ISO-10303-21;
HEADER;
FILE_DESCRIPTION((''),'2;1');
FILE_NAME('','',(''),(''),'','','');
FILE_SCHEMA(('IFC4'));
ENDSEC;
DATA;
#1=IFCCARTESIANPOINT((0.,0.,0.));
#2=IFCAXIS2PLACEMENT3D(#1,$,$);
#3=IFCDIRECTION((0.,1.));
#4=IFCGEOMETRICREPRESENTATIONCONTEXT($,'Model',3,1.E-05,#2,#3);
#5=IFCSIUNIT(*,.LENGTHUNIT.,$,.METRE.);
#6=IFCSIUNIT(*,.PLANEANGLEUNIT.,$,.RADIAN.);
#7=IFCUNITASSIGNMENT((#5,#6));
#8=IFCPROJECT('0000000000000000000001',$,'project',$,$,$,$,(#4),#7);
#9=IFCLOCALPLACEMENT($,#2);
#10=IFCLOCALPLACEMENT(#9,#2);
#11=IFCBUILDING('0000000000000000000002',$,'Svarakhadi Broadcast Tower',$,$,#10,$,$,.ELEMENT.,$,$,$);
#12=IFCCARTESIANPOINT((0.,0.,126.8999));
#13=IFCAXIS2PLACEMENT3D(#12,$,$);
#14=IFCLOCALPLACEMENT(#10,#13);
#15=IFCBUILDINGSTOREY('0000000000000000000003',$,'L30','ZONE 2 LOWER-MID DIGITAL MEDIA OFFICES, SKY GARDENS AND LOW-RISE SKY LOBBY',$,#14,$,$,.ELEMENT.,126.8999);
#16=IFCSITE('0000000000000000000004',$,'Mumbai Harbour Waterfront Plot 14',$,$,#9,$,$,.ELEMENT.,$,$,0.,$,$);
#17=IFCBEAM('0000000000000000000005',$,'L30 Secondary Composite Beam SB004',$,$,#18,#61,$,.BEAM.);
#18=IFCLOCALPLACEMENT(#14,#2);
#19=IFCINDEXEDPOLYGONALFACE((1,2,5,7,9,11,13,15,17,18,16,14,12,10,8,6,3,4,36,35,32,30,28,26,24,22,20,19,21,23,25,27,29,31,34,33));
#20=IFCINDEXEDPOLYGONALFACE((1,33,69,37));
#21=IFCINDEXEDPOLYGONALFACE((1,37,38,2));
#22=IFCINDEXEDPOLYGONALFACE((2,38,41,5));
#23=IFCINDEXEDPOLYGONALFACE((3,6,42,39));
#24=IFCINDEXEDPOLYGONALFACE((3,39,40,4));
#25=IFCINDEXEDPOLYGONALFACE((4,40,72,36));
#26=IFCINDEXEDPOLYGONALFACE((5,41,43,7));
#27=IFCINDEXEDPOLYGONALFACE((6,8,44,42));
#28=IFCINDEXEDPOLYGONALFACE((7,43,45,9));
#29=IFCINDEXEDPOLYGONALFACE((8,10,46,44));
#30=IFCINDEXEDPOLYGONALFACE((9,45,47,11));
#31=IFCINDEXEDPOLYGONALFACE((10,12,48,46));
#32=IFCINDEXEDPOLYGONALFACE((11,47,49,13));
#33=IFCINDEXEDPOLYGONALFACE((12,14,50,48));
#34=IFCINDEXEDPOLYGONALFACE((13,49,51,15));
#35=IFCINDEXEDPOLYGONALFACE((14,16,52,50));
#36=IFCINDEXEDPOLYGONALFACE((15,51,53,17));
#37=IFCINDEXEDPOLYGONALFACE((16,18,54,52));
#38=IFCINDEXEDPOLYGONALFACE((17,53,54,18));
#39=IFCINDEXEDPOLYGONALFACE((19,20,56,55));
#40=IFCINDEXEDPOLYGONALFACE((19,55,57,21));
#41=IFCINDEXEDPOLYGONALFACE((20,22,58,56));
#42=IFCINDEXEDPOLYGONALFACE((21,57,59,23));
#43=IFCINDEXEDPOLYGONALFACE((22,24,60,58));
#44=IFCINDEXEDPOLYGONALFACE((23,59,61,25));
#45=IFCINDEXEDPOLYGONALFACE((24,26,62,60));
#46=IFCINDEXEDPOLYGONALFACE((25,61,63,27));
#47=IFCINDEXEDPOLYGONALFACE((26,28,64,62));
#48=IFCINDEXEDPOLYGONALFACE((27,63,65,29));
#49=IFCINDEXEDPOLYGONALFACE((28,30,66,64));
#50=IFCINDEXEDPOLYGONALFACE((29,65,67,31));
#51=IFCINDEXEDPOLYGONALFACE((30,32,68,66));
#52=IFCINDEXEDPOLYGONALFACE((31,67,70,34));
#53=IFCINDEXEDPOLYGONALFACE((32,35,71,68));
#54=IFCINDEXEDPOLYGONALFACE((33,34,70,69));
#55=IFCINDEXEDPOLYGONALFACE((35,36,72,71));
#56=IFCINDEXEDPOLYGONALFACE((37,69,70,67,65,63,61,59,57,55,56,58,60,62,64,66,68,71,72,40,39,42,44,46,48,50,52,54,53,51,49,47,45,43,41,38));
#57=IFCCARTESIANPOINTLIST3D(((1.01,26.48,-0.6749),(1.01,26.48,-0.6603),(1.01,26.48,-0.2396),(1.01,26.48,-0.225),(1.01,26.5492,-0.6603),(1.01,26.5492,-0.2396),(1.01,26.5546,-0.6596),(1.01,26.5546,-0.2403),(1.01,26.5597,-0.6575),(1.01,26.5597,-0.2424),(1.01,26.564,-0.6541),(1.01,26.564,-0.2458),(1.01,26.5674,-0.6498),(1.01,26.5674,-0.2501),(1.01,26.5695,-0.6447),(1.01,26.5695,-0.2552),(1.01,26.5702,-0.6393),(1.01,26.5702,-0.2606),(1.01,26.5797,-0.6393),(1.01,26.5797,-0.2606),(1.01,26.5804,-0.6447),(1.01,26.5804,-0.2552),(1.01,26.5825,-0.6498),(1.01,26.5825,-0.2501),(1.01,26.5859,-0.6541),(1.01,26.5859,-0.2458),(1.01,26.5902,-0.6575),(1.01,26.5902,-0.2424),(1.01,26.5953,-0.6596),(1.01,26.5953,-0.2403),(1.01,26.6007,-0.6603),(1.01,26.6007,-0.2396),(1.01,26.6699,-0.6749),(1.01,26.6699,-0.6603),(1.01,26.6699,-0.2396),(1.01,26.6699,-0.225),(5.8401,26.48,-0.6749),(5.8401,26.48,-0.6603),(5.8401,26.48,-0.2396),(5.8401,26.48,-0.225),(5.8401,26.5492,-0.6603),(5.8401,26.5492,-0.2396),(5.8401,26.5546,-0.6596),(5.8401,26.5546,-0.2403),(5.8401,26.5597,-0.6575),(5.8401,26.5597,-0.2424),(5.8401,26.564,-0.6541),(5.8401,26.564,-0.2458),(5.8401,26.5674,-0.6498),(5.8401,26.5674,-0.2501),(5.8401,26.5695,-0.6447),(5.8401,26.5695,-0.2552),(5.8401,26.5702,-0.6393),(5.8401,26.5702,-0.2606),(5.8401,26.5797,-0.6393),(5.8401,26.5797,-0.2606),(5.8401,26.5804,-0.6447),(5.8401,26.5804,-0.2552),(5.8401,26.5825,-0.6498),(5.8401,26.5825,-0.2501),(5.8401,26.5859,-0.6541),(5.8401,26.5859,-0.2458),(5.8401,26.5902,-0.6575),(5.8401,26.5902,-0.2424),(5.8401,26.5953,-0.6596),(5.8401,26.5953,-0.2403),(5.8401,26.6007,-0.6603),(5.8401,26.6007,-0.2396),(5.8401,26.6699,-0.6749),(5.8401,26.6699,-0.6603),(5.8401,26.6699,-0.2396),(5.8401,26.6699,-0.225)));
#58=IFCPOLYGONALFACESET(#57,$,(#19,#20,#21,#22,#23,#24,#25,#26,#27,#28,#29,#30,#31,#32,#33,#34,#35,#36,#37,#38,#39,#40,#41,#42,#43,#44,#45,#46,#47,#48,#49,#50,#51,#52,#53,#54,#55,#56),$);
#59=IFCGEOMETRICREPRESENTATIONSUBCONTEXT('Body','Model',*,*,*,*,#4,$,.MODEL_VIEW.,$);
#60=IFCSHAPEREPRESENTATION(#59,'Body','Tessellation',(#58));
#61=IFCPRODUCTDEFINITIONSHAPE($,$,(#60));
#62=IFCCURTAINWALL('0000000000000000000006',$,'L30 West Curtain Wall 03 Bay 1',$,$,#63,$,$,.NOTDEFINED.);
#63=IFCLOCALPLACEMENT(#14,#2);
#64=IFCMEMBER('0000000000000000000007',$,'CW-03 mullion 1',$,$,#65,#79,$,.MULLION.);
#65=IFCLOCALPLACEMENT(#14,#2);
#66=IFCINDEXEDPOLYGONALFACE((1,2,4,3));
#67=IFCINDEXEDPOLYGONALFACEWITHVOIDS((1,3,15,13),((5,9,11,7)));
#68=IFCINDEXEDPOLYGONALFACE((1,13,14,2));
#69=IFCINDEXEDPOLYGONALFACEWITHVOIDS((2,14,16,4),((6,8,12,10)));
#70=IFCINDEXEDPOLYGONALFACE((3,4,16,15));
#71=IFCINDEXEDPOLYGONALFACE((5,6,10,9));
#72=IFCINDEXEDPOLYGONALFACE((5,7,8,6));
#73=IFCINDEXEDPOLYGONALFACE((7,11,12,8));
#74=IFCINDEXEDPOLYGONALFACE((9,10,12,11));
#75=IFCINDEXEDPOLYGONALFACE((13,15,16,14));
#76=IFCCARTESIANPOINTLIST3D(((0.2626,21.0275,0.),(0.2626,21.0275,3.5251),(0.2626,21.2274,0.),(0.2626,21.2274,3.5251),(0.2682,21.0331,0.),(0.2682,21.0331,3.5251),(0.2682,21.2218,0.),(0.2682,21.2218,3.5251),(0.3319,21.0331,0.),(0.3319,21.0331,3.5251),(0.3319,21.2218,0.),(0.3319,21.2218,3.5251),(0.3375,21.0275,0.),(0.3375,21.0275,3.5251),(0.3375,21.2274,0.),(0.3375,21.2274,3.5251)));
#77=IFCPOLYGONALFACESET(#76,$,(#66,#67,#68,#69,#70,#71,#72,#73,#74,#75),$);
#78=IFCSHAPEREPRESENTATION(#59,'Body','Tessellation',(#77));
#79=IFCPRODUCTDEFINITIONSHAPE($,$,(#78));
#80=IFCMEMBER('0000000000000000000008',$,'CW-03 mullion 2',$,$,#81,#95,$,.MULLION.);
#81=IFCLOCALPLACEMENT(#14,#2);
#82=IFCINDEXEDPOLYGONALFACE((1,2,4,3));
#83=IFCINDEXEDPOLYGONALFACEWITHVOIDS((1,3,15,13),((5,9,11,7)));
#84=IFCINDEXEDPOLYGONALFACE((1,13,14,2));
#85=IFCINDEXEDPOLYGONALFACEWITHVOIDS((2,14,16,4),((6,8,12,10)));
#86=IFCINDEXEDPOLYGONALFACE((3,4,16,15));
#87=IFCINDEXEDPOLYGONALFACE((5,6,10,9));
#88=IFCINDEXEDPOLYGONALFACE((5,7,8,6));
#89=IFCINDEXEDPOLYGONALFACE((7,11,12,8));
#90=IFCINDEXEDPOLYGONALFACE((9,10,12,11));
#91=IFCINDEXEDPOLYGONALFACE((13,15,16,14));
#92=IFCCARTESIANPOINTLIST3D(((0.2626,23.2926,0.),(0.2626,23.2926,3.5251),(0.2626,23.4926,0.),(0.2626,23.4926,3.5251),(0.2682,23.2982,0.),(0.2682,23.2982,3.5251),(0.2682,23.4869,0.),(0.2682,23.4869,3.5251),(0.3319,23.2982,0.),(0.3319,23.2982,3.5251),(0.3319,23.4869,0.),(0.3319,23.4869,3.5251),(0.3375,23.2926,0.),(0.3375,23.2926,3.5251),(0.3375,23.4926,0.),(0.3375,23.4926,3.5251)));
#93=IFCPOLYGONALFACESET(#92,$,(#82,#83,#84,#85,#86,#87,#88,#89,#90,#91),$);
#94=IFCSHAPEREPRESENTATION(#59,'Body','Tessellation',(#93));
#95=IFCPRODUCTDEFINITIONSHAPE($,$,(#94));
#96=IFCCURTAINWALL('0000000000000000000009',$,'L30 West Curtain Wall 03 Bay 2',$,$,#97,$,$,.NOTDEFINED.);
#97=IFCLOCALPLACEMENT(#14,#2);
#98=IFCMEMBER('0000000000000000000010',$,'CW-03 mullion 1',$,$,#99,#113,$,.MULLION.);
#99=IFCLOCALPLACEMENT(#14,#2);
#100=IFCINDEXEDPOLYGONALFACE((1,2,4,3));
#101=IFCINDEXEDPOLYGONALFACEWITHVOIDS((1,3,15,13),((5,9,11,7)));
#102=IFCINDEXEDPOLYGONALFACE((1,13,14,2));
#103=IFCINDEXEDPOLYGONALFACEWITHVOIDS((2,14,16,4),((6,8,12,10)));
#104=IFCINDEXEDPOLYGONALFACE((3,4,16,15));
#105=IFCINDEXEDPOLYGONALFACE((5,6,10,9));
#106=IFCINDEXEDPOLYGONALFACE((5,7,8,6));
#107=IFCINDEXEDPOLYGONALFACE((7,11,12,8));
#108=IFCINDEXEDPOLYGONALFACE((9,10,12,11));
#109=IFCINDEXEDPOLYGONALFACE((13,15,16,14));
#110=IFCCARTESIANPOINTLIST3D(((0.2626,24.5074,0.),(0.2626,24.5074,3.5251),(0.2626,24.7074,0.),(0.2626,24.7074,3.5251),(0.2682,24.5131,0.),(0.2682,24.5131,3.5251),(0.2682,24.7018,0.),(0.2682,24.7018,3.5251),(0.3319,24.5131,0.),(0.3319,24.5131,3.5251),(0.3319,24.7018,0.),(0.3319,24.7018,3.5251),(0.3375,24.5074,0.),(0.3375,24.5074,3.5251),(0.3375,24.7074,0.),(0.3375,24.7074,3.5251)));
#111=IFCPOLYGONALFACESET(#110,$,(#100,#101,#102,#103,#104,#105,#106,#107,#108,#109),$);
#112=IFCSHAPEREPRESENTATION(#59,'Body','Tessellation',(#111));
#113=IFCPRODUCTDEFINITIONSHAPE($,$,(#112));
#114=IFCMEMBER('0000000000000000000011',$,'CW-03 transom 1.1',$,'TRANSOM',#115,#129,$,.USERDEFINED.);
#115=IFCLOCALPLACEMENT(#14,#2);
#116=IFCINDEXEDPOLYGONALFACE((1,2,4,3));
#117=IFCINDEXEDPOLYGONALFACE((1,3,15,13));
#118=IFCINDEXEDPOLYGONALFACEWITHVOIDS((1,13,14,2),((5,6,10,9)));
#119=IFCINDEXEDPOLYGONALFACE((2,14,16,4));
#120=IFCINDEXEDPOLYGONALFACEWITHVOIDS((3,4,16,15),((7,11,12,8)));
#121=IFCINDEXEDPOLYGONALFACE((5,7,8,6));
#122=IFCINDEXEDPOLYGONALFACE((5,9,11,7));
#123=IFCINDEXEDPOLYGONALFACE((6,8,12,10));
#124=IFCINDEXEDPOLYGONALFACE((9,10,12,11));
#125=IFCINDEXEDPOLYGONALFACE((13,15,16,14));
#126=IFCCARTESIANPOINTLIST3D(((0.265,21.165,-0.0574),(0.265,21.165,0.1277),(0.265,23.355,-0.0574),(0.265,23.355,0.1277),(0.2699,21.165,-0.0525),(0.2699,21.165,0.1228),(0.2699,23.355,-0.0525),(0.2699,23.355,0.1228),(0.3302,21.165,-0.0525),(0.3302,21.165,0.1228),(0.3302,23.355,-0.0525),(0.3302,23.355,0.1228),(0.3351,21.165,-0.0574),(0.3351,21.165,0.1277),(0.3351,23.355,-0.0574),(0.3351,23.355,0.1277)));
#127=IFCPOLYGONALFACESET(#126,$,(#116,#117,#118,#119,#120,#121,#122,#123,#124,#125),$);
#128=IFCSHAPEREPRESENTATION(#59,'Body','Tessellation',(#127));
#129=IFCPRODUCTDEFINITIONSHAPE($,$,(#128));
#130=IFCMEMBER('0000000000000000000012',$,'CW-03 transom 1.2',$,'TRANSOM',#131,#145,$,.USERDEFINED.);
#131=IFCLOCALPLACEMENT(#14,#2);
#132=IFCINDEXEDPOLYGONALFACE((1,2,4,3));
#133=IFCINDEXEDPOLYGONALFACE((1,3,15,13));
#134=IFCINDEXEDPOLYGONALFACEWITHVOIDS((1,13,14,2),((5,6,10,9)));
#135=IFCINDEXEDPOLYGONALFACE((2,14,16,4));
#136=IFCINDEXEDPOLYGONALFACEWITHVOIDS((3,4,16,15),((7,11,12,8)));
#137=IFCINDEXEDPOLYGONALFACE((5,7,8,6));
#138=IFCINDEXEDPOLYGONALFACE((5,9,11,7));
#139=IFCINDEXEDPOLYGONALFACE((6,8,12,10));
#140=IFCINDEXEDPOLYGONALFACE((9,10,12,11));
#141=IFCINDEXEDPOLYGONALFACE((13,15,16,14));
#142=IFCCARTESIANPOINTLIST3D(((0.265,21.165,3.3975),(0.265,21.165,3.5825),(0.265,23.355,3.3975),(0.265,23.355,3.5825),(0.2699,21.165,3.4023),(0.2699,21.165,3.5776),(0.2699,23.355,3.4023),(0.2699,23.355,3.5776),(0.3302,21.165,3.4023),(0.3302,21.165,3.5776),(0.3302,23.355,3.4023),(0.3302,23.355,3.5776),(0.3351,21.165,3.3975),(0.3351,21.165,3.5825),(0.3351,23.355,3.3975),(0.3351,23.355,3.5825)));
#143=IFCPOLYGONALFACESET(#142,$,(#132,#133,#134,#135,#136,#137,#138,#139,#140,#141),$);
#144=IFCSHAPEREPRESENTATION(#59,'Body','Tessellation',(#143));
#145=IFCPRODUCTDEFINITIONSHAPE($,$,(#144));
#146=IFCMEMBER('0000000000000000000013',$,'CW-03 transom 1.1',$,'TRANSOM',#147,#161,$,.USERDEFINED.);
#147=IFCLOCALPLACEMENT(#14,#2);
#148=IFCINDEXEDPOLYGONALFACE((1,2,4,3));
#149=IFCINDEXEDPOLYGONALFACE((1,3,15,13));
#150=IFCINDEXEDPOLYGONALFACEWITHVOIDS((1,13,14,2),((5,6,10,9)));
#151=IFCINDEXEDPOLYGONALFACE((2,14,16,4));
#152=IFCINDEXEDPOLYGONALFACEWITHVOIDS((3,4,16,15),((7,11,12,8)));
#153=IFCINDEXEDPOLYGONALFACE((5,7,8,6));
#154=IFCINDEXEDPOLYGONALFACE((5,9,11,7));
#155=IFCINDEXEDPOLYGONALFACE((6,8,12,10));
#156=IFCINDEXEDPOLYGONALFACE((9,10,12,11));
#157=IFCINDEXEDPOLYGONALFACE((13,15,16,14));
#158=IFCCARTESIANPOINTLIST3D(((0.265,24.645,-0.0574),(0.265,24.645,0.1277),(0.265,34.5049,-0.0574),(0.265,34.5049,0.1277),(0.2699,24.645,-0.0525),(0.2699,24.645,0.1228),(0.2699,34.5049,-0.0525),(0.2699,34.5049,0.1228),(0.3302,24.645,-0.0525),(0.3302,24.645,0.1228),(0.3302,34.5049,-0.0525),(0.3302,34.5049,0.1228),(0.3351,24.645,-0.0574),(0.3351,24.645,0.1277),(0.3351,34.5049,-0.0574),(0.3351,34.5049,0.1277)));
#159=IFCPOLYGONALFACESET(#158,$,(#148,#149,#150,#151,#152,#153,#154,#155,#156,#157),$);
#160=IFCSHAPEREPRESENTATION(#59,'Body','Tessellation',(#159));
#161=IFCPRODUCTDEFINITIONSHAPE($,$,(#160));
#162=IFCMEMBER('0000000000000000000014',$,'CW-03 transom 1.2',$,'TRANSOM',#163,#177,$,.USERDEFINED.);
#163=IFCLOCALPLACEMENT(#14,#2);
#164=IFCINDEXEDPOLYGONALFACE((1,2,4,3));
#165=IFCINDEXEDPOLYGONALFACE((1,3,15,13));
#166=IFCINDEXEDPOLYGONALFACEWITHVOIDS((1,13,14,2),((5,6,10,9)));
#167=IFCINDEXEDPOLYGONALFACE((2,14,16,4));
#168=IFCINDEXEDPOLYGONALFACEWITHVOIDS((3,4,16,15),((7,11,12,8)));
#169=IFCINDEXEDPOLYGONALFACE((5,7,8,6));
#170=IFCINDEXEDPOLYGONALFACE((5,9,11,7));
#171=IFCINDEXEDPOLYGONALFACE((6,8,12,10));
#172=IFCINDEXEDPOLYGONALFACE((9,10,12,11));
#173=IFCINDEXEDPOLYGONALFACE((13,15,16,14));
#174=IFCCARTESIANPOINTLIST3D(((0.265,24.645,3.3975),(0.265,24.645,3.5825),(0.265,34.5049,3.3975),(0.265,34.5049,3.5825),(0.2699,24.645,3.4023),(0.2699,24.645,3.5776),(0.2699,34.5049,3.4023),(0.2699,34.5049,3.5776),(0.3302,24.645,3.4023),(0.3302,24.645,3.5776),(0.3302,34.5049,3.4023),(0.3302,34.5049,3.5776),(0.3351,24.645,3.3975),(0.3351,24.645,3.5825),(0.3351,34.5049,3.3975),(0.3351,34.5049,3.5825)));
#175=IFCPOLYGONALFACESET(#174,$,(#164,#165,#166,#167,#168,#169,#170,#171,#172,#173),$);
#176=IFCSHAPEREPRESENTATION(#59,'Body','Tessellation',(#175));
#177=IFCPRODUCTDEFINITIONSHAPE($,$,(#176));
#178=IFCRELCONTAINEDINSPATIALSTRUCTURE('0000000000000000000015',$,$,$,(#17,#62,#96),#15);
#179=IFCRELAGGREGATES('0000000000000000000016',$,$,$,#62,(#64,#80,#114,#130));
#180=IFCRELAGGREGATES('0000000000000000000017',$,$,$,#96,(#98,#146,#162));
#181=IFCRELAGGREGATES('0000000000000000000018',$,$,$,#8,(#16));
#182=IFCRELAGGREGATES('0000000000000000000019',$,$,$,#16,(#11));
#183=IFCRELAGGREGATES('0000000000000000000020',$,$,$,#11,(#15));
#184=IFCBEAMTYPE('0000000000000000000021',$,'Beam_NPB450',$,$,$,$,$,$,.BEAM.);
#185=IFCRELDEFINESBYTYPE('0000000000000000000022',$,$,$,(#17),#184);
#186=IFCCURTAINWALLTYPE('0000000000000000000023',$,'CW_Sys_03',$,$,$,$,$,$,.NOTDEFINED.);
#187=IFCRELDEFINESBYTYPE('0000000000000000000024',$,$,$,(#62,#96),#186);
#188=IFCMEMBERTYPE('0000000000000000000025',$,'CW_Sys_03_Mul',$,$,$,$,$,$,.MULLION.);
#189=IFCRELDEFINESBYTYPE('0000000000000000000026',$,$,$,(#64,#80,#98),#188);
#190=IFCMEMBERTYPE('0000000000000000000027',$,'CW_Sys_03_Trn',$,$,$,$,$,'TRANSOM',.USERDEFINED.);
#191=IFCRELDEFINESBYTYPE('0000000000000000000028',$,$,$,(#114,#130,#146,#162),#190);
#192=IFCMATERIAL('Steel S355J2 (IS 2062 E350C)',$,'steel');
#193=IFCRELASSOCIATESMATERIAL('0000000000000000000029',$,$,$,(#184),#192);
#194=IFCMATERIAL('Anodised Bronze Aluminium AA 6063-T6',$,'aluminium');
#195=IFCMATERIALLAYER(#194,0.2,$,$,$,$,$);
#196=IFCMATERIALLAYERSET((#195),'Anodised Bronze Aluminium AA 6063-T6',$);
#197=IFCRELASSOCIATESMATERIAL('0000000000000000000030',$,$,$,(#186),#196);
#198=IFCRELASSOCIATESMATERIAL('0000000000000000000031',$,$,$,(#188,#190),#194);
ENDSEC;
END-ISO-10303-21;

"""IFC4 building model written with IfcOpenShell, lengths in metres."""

from ifc_helpers import new_model, si_unit, direction, frame, origin, origin_2d, place, context, subcontext, project, spatial, hollow_rectangle, i_section, extrude, material, layer, layer_set, material_profile, profile_set, type_object, element, aggregate, save


model = new_model("IFC4")

# Units and contexts
model_context = context("Model", 3, precision=1e-05, world=origin(), true_north=direction((0.0, 1.0)))
body_context = subcontext(model_context, "Body", "Model", "MODEL_VIEW")
ifc_project = project(units=[si_unit("LENGTHUNIT", "METRE"), si_unit("PLANEANGLEUNIT", "RADIAN")], contexts=[model_context])

# Site, building, storey
site_placement = place(None, origin())
site = spatial("IfcSite", under=ifc_project, at=site_placement, Name="Mumbai Harbour Waterfront Plot 14", CompositionType="ELEMENT", RefElevation=0.0)
building_placement = place(site_placement, origin())
building = spatial("IfcBuilding", under=site, at=building_placement, Name="Svarakhadi Broadcast Tower", CompositionType="ELEMENT")
storey_placement = place(building_placement, frame((0.0, 0.0, 126.8999)))
storey = spatial("IfcBuildingStorey", under=building, at=storey_placement, Name="L30", Description="ZONE 2 LOWER-MID DIGITAL MEDIA OFFICES, SKY GARDENS AND LOW-RISE SKY LOBBY", CompositionType="ELEMENT", Elevation=126.8999)

# Beam
ifc_material_1 = material(Name="Steel S355J2 (IS 2062 E350C)", Category="steel")
ifc_material_profile_1 = material_profile(ifc_material_1, i_section(OverallWidth=0.1899, OverallDepth=0.45, WebThickness=0.0095, FlangeThickness=0.0146, FilletRadius=0.021, at=origin_2d()), Name="NPB 450x190x78")
ifc_profile_set_1 = profile_set([ifc_material_profile_1], Name="Steel S355J2 (IS 2062 E350C)")
beam_type_1 = type_object("IfcBeamType", Name="Beam_NPB450", PredefinedType="BEAM", material=ifc_profile_set_1)
for number, where, z_axis, x_axis, name in (
    (1, (1.01, 26.575, -0.45), (1.0, 0.0, 0.0), (0.0, 1.0, 0.0), "L30 Secondary Composite Beam SB004"),
):
    element("IfcBeam", number, at=place(storey_placement, frame(where, z_axis=z_axis, x_axis=x_axis)), inside=storey, type_object=beam_type_1, Name=name, PredefinedType="BEAM", context=body_context, shape_type="SweptSolid", body=[
        extrude(i_section(OverallWidth=0.1899, OverallDepth=0.45, WebThickness=0.0095, FlangeThickness=0.0146, FilletRadius=0.021, at=origin_2d()), origin(), (0.0, 0.0, 1.0), 4.8301),
    ])

# Curtain wall, members
ifc_material_2 = material(Name="Anodised Bronze Aluminium AA 6063-T6", Category="aluminium")
ifc_layer_1 = layer(ifc_material_2, 0.2)
ifc_layer_set_1 = layer_set([ifc_layer_1], Name="Anodised Bronze Aluminium AA 6063-T6")
curtain_wall_type = type_object("IfcCurtainWallType", Name="CW_Sys_03", PredefinedType="NOTDEFINED", material=ifc_layer_set_1)
curtain_wall_1_placement = place(storey_placement, origin())
curtain_wall_1 = element("IfcCurtainWall", 2, at=curtain_wall_1_placement, inside=storey, type_object=curtain_wall_type, Name="L30 West Curtain Wall 03 Bay 1", PredefinedType="NOTDEFINED")
ifc_material_profile_2 = material_profile(ifc_material_2, hollow_rectangle(XDim=0.075, YDim=0.2, WallThickness=0.0056, at=origin_2d()), Name="ALU MULLION 200x75x6")
ifc_profile_set_2 = profile_set([ifc_material_profile_2], Name="Anodised Bronze Aluminium AA 6063-T6")
member_type_1 = type_object("IfcMemberType", Name="CW_Sys_03_Mul", PredefinedType="MULLION", material=ifc_profile_set_2)
member_1_placement = place(storey_placement, frame((0.3, 21.1274, 0.0), z_axis=(0.0, 0.0, 1.0), x_axis=(-1.0, 0.0, 0.0)))
member_1 = element("IfcMember", 3, at=member_1_placement, type_object=member_type_1, Name="CW-03 mullion 1", PredefinedType="MULLION", context=body_context, shape_type="SweptSolid", body=[
    extrude(hollow_rectangle(XDim=0.075, YDim=0.2, WallThickness=0.0056, at=origin_2d()), origin(), (0.0, 0.0, 1.0), 3.5251),
])
member_2_placement = place(storey_placement, frame((0.3, 23.3926, 0.0), z_axis=(0.0, 0.0, 1.0), x_axis=(-1.0, 0.0, 0.0)))
member_2 = element("IfcMember", 4, at=member_2_placement, type_object=member_type_1, Name="CW-03 mullion 2", PredefinedType="MULLION", context=body_context, shape_type="SweptSolid", body=[
    extrude(hollow_rectangle(XDim=0.075, YDim=0.2, WallThickness=0.0056, at=origin_2d()), origin(), (0.0, 0.0, 1.0), 3.5251),
])

# Curtain wall, member
curtain_wall_2_placement = place(storey_placement, origin())
curtain_wall_2 = element("IfcCurtainWall", 5, at=curtain_wall_2_placement, inside=storey, type_object=curtain_wall_type, Name="L30 West Curtain Wall 03 Bay 2", PredefinedType="NOTDEFINED")
member_3_placement = place(storey_placement, frame((0.3, 24.6074, 0.0), z_axis=(0.0, 0.0, 1.0), x_axis=(-1.0, 0.0, 0.0)))
member_3 = element("IfcMember", 6, at=member_3_placement, type_object=member_type_1, Name="CW-03 mullion 1", PredefinedType="MULLION", context=body_context, shape_type="SweptSolid", body=[
    extrude(hollow_rectangle(XDim=0.075, YDim=0.2, WallThickness=0.0056, at=origin_2d()), origin(), (0.0, 0.0, 1.0), 3.5251),
])

# Members
ifc_material_profile_3 = material_profile(ifc_material_2, hollow_rectangle(XDim=0.0701, YDim=0.1851, WallThickness=0.0049, at=origin_2d()), Name="ALU TRANSOM 185x70x5")
ifc_profile_set_3 = profile_set([ifc_material_profile_3], Name="Anodised Bronze Aluminium AA 6063-T6")
member_type_2 = type_object("IfcMemberType", Name="CW_Sys_03_Trn", ElementType="TRANSOM", PredefinedType="USERDEFINED", material=ifc_profile_set_3)
member_4_placement = place(storey_placement, frame((0.3, 21.165, 0.0352), z_axis=(0.0, 1.0, 0.0), x_axis=(-1.0, 0.0, 0.0)))
member_4 = element("IfcMember", 7, at=member_4_placement, type_object=member_type_2, Name="CW-03 transom 1.1", ObjectType="TRANSOM", PredefinedType="USERDEFINED", context=body_context, shape_type="SweptSolid", body=[
    extrude(hollow_rectangle(XDim=0.0701, YDim=0.1851, WallThickness=0.0049, at=origin_2d()), origin(), (0.0, 0.0, 1.0), 2.1899),
])
member_5_placement = place(storey_placement, frame((0.3, 21.165, 3.49), z_axis=(0.0, 1.0, 0.0), x_axis=(-1.0, 0.0, 0.0)))
member_5 = element("IfcMember", 8, at=member_5_placement, type_object=member_type_2, Name="CW-03 transom 1.2", ObjectType="TRANSOM", PredefinedType="USERDEFINED", context=body_context, shape_type="SweptSolid", body=[
    extrude(hollow_rectangle(XDim=0.0701, YDim=0.1851, WallThickness=0.0049, at=origin_2d()), origin(), (0.0, 0.0, 1.0), 2.1899),
])
member_6_placement = place(storey_placement, frame((0.3, 24.645, 0.0352), z_axis=(0.0, 1.0, 0.0), x_axis=(-1.0, 0.0, 0.0)))
member_6 = element("IfcMember", 9, at=member_6_placement, type_object=member_type_2, Name="CW-03 transom 1.1", ObjectType="TRANSOM", PredefinedType="USERDEFINED", context=body_context, shape_type="SweptSolid", body=[
    extrude(hollow_rectangle(XDim=0.0701, YDim=0.1851, WallThickness=0.0049, at=origin_2d()), origin(), (0.0, 0.0, 1.0), 9.8599),
])
member_7_placement = place(storey_placement, frame((0.3, 24.645, 3.49), z_axis=(0.0, 1.0, 0.0), x_axis=(-1.0, 0.0, 0.0)))
member_7 = element("IfcMember", 10, at=member_7_placement, type_object=member_type_2, Name="CW-03 transom 1.2", ObjectType="TRANSOM", PredefinedType="USERDEFINED", context=body_context, shape_type="SweptSolid", body=[
    extrude(hollow_rectangle(XDim=0.0701, YDim=0.1851, WallThickness=0.0049, at=origin_2d()), origin(), (0.0, 0.0, 1.0), 9.8599),
])

aggregate(curtain_wall_1, [member_1, member_2, member_4, member_5])
aggregate(curtain_wall_2, [member_3, member_6, member_7])

save(model, "model.ifc")
